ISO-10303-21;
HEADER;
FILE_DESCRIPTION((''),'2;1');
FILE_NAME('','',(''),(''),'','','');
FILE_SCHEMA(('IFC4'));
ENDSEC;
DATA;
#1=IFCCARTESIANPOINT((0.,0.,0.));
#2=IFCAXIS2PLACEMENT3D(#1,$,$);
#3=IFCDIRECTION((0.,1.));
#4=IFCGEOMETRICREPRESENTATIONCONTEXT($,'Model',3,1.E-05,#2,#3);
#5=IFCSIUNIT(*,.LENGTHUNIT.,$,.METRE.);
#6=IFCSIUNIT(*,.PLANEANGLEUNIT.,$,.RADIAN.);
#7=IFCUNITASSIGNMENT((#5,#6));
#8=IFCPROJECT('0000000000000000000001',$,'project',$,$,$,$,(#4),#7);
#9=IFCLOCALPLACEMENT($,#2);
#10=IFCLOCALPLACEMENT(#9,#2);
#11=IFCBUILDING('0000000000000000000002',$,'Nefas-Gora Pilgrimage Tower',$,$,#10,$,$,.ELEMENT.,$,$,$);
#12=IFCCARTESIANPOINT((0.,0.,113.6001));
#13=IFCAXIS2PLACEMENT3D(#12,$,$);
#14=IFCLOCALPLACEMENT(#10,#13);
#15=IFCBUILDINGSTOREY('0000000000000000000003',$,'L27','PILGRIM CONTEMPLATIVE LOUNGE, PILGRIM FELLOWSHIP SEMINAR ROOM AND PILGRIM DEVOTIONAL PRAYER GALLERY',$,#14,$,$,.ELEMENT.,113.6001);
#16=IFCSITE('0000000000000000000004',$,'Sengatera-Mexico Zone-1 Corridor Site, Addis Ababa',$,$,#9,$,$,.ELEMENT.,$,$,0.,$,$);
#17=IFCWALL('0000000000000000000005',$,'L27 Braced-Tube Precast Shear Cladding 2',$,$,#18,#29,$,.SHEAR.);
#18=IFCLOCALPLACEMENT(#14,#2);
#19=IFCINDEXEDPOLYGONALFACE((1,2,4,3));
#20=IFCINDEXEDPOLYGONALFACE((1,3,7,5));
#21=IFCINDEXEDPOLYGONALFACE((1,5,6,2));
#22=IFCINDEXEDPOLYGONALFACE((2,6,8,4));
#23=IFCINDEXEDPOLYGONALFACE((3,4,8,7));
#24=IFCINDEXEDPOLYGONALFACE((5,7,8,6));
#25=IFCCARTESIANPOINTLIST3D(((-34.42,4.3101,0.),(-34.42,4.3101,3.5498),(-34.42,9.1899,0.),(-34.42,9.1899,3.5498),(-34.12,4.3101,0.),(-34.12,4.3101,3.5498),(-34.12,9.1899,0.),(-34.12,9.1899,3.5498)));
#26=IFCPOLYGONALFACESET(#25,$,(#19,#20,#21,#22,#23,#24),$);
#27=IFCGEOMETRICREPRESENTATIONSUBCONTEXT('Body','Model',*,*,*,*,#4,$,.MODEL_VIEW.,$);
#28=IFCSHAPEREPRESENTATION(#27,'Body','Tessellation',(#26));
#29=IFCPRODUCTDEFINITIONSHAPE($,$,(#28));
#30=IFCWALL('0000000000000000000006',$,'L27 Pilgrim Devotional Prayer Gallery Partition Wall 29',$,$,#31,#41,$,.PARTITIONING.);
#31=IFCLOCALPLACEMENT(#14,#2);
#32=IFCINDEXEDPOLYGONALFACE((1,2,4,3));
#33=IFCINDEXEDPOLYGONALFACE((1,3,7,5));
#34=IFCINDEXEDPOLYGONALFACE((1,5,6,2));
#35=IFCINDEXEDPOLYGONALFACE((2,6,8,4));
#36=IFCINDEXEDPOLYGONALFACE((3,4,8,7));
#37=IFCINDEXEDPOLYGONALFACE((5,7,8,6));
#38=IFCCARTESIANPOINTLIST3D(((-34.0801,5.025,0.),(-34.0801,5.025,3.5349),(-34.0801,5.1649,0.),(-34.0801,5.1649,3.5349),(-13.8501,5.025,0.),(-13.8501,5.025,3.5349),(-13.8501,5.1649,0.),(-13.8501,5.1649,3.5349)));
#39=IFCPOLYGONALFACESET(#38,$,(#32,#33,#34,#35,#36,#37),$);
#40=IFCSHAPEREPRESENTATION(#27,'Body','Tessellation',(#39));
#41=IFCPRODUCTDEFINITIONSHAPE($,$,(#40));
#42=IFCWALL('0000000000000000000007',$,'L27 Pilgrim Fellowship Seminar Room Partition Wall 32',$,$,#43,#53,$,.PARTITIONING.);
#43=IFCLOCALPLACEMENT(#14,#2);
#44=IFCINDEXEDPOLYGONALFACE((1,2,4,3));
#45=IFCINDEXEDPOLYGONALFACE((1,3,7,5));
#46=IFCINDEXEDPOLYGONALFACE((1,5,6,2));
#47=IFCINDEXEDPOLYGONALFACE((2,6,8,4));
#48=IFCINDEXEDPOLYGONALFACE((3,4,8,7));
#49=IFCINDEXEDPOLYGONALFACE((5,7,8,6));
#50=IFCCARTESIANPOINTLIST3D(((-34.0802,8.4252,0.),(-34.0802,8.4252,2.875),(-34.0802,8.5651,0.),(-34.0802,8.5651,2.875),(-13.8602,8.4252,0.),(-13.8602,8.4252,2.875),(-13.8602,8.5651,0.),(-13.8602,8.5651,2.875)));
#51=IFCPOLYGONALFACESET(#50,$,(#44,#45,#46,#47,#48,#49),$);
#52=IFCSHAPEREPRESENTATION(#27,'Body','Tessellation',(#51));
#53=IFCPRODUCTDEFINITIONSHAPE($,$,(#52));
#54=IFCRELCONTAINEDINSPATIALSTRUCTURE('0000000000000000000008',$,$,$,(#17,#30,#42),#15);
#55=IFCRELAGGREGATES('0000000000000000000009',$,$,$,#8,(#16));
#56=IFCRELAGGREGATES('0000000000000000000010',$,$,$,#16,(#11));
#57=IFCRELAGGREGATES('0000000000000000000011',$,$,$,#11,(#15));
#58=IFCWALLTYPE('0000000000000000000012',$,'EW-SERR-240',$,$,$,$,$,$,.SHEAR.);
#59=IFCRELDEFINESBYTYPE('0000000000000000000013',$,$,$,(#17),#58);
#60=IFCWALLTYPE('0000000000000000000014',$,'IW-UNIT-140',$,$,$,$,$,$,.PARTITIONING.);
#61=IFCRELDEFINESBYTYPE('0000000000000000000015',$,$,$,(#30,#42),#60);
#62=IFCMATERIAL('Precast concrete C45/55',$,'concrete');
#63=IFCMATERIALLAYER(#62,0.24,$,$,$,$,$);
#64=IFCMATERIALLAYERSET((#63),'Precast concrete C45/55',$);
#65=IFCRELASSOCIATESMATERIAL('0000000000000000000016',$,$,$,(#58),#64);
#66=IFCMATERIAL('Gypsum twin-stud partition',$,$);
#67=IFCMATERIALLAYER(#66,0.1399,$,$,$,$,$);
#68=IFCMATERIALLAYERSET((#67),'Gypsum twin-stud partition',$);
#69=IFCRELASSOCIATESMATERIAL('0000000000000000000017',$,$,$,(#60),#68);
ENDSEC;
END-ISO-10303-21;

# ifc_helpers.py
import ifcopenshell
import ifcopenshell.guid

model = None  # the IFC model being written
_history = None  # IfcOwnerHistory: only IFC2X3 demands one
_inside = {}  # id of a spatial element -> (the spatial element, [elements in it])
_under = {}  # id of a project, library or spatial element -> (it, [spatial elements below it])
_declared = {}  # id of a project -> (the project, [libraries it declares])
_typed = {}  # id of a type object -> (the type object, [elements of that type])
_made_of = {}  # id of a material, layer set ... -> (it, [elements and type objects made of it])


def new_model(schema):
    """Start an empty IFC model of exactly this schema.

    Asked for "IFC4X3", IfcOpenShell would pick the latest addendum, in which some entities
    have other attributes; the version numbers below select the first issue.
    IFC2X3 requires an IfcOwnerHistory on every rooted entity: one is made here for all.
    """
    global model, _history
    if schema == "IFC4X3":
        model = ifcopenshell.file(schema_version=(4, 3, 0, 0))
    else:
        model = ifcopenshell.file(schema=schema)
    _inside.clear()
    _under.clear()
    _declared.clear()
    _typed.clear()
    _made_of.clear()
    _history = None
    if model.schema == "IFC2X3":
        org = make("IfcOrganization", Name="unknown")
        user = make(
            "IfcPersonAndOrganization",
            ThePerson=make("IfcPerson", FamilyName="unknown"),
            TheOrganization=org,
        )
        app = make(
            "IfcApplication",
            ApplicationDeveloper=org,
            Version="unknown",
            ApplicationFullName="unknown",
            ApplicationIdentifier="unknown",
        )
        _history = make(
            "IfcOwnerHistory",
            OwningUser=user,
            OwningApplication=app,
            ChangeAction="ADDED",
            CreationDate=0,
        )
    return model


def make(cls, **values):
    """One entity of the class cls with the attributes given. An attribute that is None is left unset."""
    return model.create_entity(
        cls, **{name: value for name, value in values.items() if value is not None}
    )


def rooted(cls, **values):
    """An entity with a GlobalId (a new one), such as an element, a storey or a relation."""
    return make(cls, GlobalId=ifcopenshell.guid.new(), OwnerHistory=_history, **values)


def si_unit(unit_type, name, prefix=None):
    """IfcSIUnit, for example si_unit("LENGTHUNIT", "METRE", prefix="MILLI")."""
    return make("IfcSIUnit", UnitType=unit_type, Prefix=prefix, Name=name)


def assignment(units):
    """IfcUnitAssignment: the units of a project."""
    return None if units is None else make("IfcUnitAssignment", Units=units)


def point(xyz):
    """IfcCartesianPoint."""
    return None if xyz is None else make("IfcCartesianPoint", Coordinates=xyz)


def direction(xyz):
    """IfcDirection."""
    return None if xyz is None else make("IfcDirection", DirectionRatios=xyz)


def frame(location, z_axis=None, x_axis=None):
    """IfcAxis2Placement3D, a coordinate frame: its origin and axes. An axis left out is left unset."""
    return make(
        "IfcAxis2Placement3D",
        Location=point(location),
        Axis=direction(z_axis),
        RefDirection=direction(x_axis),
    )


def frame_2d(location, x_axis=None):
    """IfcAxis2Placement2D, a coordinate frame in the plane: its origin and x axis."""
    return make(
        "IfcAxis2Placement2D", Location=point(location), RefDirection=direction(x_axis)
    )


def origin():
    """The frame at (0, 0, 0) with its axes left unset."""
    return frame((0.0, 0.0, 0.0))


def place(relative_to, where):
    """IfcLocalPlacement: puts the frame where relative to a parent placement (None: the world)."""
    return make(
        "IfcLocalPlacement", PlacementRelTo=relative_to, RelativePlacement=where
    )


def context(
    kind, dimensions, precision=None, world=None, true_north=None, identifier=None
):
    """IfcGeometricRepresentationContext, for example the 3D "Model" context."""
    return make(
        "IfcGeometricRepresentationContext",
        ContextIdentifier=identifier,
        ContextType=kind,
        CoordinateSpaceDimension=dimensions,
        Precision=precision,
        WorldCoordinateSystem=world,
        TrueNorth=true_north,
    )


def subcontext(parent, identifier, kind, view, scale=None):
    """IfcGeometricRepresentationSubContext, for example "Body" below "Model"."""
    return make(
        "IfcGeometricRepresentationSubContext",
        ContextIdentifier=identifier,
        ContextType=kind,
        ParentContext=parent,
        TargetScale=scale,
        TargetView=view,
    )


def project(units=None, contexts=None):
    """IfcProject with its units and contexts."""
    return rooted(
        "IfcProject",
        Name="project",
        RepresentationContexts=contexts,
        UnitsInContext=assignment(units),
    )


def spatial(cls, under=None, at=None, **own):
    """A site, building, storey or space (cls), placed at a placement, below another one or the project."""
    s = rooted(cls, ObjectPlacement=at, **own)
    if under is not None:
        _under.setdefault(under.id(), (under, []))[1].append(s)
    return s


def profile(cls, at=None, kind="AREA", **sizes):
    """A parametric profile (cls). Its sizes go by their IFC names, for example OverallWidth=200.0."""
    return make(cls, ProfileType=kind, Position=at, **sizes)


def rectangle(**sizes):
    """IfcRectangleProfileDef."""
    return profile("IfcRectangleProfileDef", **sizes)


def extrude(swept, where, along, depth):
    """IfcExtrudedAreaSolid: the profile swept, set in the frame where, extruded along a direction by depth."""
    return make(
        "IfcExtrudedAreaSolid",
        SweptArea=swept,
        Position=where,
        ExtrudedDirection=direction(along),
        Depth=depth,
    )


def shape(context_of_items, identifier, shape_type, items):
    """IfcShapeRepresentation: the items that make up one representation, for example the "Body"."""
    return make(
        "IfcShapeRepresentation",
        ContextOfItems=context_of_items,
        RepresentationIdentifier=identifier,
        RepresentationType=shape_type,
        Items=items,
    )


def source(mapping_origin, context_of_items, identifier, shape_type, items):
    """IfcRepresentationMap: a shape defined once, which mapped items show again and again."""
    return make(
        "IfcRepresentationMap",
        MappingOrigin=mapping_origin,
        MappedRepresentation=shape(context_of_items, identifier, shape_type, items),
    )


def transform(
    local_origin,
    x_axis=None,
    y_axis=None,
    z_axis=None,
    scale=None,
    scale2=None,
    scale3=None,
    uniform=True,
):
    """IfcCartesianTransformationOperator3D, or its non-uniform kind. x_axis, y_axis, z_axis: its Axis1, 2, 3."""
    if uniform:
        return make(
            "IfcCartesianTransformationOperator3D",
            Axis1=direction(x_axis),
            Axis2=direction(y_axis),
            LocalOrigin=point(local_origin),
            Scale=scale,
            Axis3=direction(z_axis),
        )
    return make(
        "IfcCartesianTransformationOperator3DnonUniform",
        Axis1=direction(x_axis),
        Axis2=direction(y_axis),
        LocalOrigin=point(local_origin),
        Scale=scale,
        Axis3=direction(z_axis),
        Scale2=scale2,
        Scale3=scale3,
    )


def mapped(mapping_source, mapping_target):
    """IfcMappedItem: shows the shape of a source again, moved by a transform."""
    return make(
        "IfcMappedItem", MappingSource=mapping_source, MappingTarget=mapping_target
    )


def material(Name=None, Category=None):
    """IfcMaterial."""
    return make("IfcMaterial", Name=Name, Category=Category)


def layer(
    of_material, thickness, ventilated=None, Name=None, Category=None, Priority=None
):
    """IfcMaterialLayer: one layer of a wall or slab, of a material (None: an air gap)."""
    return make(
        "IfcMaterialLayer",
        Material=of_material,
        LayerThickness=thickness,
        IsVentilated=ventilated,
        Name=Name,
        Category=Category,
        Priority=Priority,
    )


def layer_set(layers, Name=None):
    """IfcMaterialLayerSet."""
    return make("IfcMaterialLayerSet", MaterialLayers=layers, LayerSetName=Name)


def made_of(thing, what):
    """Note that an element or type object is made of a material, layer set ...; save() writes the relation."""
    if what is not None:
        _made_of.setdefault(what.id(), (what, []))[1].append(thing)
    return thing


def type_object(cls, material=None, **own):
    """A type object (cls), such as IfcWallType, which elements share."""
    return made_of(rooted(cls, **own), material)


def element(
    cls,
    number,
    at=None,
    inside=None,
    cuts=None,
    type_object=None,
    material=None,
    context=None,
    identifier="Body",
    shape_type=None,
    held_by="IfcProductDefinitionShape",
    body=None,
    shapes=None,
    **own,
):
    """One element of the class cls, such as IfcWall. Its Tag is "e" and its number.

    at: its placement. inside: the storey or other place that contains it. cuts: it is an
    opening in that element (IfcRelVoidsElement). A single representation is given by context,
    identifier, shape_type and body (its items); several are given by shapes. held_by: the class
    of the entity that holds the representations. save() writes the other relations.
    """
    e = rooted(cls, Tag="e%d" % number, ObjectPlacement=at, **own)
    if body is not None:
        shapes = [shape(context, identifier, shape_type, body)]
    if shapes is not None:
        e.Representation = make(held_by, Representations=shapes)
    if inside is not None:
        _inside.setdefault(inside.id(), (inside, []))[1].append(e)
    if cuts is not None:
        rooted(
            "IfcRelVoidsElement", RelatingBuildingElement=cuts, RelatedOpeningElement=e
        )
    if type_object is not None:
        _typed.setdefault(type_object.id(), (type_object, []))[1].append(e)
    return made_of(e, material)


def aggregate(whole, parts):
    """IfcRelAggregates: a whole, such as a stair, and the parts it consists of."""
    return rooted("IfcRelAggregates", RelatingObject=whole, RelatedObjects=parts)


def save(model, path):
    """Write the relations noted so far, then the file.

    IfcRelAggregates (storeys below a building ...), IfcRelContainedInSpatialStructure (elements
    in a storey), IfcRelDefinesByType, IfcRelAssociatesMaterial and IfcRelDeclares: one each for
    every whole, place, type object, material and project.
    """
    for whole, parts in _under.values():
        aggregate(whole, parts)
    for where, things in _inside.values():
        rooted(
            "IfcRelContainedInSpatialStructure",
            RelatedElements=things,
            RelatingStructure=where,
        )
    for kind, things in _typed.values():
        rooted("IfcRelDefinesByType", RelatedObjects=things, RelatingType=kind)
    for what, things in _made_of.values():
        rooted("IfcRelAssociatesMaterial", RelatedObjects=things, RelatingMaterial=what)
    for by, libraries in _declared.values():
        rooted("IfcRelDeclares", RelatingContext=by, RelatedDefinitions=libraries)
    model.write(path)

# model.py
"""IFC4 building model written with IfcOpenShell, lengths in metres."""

from ifc_helpers import new_model, si_unit, direction, frame, frame_2d, origin, place, context, subcontext, project, spatial, rectangle, extrude, source, transform, mapped, material, layer, layer_set, type_object, element, save


model = new_model("IFC4")

# Units and contexts
model_context = context("Model", 3, precision=1e-05, world=origin(), true_north=direction((0.0, 1.0)))
body_context = subcontext(model_context, "Body", "Model", "MODEL_VIEW")
ifc_project = project(units=[si_unit("LENGTHUNIT", "METRE"), si_unit("PLANEANGLEUNIT", "RADIAN")], contexts=[model_context])

# Site, building, storey
site_placement = place(None, origin())
site = spatial("IfcSite", under=ifc_project, at=site_placement, Name="Sengatera-Mexico Zone-1 Corridor Site, Addis Ababa", CompositionType="ELEMENT", RefElevation=0.0)
building_placement = place(site_placement, origin())
building = spatial("IfcBuilding", under=site, at=building_placement, Name="Nefas-Gora Pilgrimage Tower", CompositionType="ELEMENT")
storey_placement = place(building_placement, frame((0.0, 0.0, 113.6001)))
storey = spatial("IfcBuildingStorey", under=building, at=storey_placement, Name="L27", Description="PILGRIM CONTEMPLATIVE LOUNGE, PILGRIM FELLOWSHIP SEMINAR ROOM AND PILGRIM DEVOTIONAL PRAYER GALLERY", CompositionType="ELEMENT", Elevation=113.6001)

# Shared definitions
ifc_material_1 = material(Name="Precast concrete C45/55", Category="concrete")
ifc_layer_1 = layer(ifc_material_1, 0.24)
ifc_layer_set_1 = layer_set([ifc_layer_1], Name="Precast concrete C45/55")
wall_type_1 = type_object("IfcWallType", Name="EW-SERR-240", PredefinedType="SHEAR", material=ifc_layer_set_1)

# Walls
shared_shape_1 = source(origin(), body_context, "Body", "SweptSolid", [
    extrude(rectangle(XDim=4.8799, YDim=0.3, at=frame_2d((2.4399, 0.0))), origin(), (0.0, 0.0, 1.0), 3.5498),
])
wall_1_placement = place(storey_placement, frame((-34.27, 4.3101, 0.0), z_axis=(0.0, 0.0, 1.0), x_axis=(0.0, 1.0, 0.0)))
element("IfcWall", 1, at=wall_1_placement, inside=storey, type_object=wall_type_1, Name="L27 Braced-Tube Precast Shear Cladding 2", PredefinedType="SHEAR", context=body_context, shape_type="MappedRepresentation", body=[
    mapped(shared_shape_1, transform((0.0, 0.0, 0.0), x_axis=(1.0, 0.0, 0.0), y_axis=(0.0, 1.0, 0.0), z_axis=(0.0, 0.0, 1.0), scale=1.0)),
])
ifc_material_2 = material(Name="Gypsum twin-stud partition")
ifc_layer_2 = layer(ifc_material_2, 0.1399)
ifc_layer_set_2 = layer_set([ifc_layer_2], Name="Gypsum twin-stud partition")
wall_type_2 = type_object("IfcWallType", Name="IW-UNIT-140", PredefinedType="PARTITIONING", material=ifc_layer_set_2)
shared_shape_2 = source(origin(), body_context, "Body", "SweptSolid", [
    extrude(rectangle(XDim=20.23, YDim=0.1399, at=frame_2d((10.115, 0.0))), origin(), (0.0, 0.0, 1.0), 3.5349),
])
wall_2_placement = place(storey_placement, frame((-34.0801, 5.095, 0.0), z_axis=(0.0, 0.0, 1.0), x_axis=(1.0, 0.0, 0.0)))
element("IfcWall", 2, at=wall_2_placement, inside=storey, type_object=wall_type_2, Name="L27 Pilgrim Devotional Prayer Gallery Partition Wall 29", PredefinedType="PARTITIONING", context=body_context, shape_type="MappedRepresentation", body=[
    mapped(shared_shape_2, transform((0.0, 0.0, 0.0), x_axis=(1.0, 0.0, 0.0), y_axis=(0.0, 1.0, 0.0), z_axis=(0.0, 0.0, 1.0), scale=1.0)),
])
shared_shape_3 = source(origin(), body_context, "Body", "SweptSolid", [
    extrude(rectangle(XDim=20.22, YDim=0.1399, at=frame_2d((10.1099, 0.0))), origin(), (0.0, 0.0, 1.0), 2.875),
])
wall_3_placement = place(storey_placement, frame((-34.0801, 8.4951, 0.0), z_axis=(0.0, 0.0, 1.0), x_axis=(1.0, 0.0, 0.0)))
element("IfcWall", 3, at=wall_3_placement, inside=storey, type_object=wall_type_2, Name="L27 Pilgrim Fellowship Seminar Room Partition Wall 32", PredefinedType="PARTITIONING", context=body_context, shape_type="MappedRepresentation", body=[
    mapped(shared_shape_3, transform((0.0, 0.0, 0.0), x_axis=(1.0, 0.0, 0.0), y_axis=(0.0, 1.0, 0.0), z_axis=(0.0, 0.0, 1.0), scale=1.0)),
])

save(model, "model.ifc")
